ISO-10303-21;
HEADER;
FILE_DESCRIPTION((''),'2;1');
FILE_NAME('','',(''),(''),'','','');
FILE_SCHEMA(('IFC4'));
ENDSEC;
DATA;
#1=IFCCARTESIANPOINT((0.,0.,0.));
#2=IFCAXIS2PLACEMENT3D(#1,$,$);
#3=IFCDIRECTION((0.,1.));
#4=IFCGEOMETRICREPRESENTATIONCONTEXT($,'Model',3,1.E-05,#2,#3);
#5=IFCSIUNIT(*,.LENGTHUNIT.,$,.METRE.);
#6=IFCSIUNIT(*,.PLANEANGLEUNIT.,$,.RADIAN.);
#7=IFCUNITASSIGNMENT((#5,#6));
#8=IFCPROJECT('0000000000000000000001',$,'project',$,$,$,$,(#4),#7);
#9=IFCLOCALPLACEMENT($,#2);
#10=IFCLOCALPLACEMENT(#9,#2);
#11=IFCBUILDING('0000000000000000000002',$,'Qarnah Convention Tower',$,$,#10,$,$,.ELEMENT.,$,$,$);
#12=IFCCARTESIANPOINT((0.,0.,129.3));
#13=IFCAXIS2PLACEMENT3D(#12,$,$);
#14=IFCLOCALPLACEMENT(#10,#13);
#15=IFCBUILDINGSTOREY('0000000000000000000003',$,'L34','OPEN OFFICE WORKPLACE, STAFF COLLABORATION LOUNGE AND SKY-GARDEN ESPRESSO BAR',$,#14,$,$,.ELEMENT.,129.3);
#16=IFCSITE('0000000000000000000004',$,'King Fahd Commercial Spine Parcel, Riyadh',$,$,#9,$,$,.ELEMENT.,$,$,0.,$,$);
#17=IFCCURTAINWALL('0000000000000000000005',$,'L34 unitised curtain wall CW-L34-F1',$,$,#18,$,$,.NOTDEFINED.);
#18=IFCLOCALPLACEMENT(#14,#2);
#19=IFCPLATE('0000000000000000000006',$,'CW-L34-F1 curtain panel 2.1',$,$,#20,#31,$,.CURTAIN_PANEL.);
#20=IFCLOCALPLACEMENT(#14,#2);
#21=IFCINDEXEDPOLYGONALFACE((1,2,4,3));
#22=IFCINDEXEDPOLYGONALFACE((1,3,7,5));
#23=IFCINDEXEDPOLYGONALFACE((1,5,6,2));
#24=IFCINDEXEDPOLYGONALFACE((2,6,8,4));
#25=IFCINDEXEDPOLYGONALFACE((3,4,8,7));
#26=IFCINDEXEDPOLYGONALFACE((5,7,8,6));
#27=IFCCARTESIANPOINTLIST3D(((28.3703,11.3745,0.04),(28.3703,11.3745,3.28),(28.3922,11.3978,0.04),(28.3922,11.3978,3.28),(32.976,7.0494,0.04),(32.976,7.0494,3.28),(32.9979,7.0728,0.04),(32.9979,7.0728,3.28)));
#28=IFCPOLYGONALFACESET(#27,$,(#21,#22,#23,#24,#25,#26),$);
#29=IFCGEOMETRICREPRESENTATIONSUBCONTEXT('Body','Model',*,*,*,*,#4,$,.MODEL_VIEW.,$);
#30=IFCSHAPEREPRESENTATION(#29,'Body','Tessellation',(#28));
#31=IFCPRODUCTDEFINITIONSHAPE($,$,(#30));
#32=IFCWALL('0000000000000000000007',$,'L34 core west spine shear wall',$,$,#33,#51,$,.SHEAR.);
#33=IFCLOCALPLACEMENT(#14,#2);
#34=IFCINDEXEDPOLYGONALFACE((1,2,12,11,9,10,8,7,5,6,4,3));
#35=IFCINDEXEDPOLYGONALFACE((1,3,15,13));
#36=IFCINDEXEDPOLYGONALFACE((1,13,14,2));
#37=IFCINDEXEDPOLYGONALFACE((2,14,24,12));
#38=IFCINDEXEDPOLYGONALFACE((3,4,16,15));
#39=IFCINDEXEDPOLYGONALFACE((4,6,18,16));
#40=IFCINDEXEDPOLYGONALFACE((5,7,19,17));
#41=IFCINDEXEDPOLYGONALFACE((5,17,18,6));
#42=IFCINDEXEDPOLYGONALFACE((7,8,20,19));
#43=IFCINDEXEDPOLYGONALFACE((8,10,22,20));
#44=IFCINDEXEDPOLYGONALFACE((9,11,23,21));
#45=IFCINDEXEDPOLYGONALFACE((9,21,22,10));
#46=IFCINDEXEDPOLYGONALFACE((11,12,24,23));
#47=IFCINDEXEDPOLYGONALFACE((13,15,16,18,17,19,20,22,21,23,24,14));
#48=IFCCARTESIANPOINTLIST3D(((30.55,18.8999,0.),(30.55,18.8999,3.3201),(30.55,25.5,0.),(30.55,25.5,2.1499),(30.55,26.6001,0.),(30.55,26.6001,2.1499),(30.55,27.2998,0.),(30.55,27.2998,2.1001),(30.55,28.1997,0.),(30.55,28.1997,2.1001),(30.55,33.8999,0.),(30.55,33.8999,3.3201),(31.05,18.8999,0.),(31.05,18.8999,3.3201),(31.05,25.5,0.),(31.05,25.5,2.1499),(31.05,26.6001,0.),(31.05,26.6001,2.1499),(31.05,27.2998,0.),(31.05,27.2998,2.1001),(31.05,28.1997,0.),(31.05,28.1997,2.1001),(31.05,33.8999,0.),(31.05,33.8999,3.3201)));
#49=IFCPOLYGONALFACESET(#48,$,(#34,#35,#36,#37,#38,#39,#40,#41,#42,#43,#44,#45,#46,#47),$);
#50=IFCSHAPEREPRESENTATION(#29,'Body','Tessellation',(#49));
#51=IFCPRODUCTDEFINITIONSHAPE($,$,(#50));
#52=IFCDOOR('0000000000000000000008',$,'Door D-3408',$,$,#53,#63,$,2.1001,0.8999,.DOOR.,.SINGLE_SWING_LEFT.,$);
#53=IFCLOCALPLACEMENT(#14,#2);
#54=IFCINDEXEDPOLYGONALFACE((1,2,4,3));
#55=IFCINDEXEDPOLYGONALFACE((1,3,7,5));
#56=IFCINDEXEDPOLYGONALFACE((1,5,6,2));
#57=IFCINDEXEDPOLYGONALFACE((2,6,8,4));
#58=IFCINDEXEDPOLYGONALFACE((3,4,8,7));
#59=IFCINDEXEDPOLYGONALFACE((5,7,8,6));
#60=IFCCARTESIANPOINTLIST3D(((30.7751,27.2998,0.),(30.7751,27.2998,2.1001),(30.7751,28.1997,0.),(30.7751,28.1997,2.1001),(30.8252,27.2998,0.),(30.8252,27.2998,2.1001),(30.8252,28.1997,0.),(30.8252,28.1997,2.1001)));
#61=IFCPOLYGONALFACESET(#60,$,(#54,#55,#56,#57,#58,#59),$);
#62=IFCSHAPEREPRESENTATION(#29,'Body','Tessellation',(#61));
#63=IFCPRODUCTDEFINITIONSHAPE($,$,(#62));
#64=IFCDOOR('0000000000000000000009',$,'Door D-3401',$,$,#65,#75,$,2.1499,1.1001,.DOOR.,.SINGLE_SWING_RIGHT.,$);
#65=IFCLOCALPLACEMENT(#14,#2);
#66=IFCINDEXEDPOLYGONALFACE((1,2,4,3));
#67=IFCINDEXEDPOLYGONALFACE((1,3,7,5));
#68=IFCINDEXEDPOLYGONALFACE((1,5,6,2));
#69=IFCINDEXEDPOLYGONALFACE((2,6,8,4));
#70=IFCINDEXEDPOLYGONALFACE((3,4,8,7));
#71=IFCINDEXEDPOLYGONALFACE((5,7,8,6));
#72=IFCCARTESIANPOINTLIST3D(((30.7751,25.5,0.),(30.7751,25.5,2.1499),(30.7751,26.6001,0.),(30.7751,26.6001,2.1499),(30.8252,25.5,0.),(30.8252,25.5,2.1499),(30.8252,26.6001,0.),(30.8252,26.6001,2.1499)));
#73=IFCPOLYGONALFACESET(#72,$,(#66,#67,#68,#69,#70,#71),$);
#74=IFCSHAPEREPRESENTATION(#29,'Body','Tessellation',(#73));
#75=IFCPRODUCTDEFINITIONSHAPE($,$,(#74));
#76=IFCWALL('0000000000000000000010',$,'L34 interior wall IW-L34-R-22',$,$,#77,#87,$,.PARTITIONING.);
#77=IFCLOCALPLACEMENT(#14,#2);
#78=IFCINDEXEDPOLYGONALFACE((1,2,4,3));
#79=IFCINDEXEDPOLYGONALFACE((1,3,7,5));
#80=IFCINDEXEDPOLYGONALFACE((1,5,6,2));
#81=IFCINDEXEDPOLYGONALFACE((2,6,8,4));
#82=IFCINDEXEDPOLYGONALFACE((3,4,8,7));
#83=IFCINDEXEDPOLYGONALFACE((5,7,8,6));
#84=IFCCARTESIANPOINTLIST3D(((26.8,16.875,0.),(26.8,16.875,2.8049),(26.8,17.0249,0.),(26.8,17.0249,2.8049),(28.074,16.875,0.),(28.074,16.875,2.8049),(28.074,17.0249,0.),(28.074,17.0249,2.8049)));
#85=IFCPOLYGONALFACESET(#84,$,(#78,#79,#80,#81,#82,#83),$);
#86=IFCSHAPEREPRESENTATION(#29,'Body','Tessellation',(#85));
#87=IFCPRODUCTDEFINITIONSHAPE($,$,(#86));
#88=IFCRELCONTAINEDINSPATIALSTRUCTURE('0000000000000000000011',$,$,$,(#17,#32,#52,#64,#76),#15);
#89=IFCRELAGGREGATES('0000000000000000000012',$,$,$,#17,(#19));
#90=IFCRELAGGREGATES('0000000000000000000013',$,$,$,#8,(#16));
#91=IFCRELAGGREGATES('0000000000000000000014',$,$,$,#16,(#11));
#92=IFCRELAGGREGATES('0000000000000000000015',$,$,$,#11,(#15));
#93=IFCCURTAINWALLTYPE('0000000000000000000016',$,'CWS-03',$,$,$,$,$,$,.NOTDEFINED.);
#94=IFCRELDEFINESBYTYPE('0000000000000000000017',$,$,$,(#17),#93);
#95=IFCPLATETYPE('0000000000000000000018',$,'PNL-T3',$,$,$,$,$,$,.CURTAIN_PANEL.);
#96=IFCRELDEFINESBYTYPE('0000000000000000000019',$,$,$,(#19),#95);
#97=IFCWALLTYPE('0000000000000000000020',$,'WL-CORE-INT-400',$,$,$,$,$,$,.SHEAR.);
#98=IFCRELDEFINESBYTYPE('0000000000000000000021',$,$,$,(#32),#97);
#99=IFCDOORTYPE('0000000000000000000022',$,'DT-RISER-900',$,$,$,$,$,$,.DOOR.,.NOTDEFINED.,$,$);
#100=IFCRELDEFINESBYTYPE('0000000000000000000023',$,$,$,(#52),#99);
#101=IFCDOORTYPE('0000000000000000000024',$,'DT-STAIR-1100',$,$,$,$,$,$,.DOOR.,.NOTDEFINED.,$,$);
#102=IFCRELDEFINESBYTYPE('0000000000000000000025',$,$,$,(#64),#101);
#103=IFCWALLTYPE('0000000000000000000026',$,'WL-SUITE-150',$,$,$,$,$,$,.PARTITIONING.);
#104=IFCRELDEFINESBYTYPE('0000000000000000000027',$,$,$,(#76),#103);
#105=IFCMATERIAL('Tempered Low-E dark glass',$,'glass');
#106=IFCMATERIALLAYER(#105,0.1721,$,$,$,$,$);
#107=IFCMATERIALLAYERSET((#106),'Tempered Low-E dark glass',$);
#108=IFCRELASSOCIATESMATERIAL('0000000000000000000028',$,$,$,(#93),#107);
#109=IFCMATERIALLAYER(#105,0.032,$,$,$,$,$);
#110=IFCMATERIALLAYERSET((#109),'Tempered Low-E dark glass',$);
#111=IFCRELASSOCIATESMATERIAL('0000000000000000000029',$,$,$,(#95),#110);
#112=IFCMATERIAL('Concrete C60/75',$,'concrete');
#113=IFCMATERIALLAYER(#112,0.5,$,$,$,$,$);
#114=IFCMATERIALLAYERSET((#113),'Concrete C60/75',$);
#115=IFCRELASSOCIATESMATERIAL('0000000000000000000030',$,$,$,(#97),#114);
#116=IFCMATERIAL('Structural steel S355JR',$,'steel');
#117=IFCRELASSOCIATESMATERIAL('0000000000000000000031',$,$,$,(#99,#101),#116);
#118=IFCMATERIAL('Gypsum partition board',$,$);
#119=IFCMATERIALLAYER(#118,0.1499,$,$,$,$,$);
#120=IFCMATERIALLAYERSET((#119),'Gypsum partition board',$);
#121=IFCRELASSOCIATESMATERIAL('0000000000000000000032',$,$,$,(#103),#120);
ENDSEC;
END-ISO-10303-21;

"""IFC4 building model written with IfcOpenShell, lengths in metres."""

from ifc_helpers import new_model, si_unit, direction, frame, frame_2d, origin, origin_2d, place, context, subcontext, project, spatial, rectangle, extrude, material, layer, layer_set, type_object, element, fill, aggregate, save


model = new_model("IFC4")

# Units and contexts
model_context = context("Model", 3, precision=1e-05, world=origin(), true_north=direction((0.0, 1.0)))
body_context = subcontext(model_context, "Body", "Model", "MODEL_VIEW")
ifc_project = project(units=[si_unit("LENGTHUNIT", "METRE"), si_unit("PLANEANGLEUNIT", "RADIAN")], contexts=[model_context])

# Site, building, storey
site_placement = place(None, origin())
site = spatial("IfcSite", under=ifc_project, at=site_placement, Name="King Fahd Commercial Spine Parcel, Riyadh", CompositionType="ELEMENT", RefElevation=0.0)
building_placement = place(site_placement, origin())
building = spatial("IfcBuilding", under=site, at=building_placement, Name="Qarnah Convention Tower", CompositionType="ELEMENT")
storey_placement = place(building_placement, frame((0.0, 0.0, 129.3)))
storey = spatial("IfcBuildingStorey", under=building, at=storey_placement, Name="L34", Description="OPEN OFFICE WORKPLACE, STAFF COLLABORATION LOUNGE AND SKY-GARDEN ESPRESSO BAR", CompositionType="ELEMENT", Elevation=129.3)

# Shared definitions
ifc_material_1 = material(Name="Concrete C60/75", Category="concrete")

# Shared definitions
ifc_material_2 = material(Name="Structural steel S355JR", Category="steel")

# Curtain wall, plate
ifc_material_3 = material(Name="Tempered Low-E dark glass", Category="glass")
ifc_layer_1 = layer(ifc_material_3, 0.1721)
ifc_layer_set_1 = layer_set([ifc_layer_1], Name="Tempered Low-E dark glass")
curtain_wall_type = type_object("IfcCurtainWallType", Name="CWS-03", PredefinedType="NOTDEFINED", material=ifc_layer_set_1)
curtain_wall_placement = place(storey_placement, origin())
curtain_wall = element("IfcCurtainWall", 1, at=curtain_wall_placement, inside=storey, type_object=curtain_wall_type, Name="L34 unitised curtain wall CW-L34-F1", PredefinedType="NOTDEFINED")
ifc_layer_2 = layer(ifc_material_3, 0.032)
ifc_layer_set_2 = layer_set([ifc_layer_2], Name="Tempered Low-E dark glass")
plate_type = type_object("IfcPlateType", Name="PNL-T3", PredefinedType="CURTAIN_PANEL", material=ifc_layer_set_2)
plate_1_placement = place(storey_placement, frame((30.6841, 9.2236, 0.04), z_axis=(0.0, 0.0, 1.0), x_axis=(-0.728968, 0.684548, 0.0)))
plate_1 = element("IfcPlate", 2, at=plate_1_placement, type_object=plate_type, Name="CW-L34-F1 curtain panel 2.1", PredefinedType="CURTAIN_PANEL", context=body_context, shape_type="SweptSolid", body=[
    extrude(rectangle(XDim=6.3181, YDim=0.032, at=origin_2d()), origin(), (0.0, 0.0, 1.0), 3.24),
])
aggregate(curtain_wall, [plate_1])

# Wall, openings, doors
ifc_layer_3 = layer(ifc_material_1, 0.5)
ifc_layer_set_3 = layer_set([ifc_layer_3], Name="Concrete C60/75")
wall_type_1 = type_object("IfcWallType", Name="WL-CORE-INT-400", PredefinedType="SHEAR", material=ifc_layer_set_3)
wall_1_placement = place(storey_placement, frame((30.8, 18.8999, 0.0), z_axis=(0.0, 0.0, 1.0), x_axis=(0.0, 1.0, 0.0)))
wall_1 = element("IfcWall", 3, at=wall_1_placement, inside=storey, type_object=wall_type_1, Name="L34 core west spine shear wall", PredefinedType="SHEAR", context=body_context, shape_type="SweptSolid", body=[
    extrude(rectangle(XDim=15.0, YDim=0.5, at=frame_2d((7.5, 0.0))), origin(), (0.0, 0.0, 1.0), 3.3201),
])
opening_1_placement = place(wall_1_placement, frame((6.6001, 0.0, 0.0)))
opening_1 = element("IfcOpeningElement", 4, at=opening_1_placement, cuts=wall_1, PredefinedType="OPENING", context=body_context, shape_type="SweptSolid", body=[
    extrude(rectangle(XDim=1.1001, YDim=2.1499, at=frame_2d((0.55, 1.075))), frame((0.0, 0.26, 0.0), z_axis=(0.0, -1.0, 0.0), x_axis=(1.0, 0.0, 0.0)), (0.0, 0.0, 1.0), 0.52),
])
opening_2_placement = place(wall_1_placement, frame((8.3999, 0.0, 0.0)))
opening_2 = element("IfcOpeningElement", 5, at=opening_2_placement, cuts=wall_1, PredefinedType="OPENING", context=body_context, shape_type="SweptSolid", body=[
    extrude(rectangle(XDim=0.8999, YDim=2.1001, at=frame_2d((0.45, 1.05))), frame((0.0, 0.26, 0.0), z_axis=(0.0, -1.0, 0.0), x_axis=(1.0, 0.0, 0.0)), (0.0, 0.0, 1.0), 0.52),
])
door_type_1 = type_object("IfcDoorType", Name="DT-RISER-900", OperationType="NOTDEFINED", PredefinedType="DOOR", material=ifc_material_2)
door_1_placement = place(opening_2_placement, origin())
door_1 = element("IfcDoor", 6, at=door_1_placement, inside=storey, type_object=door_type_1, Name="Door D-3408", OperationType="SINGLE_SWING_LEFT", OverallHeight=2.1001, OverallWidth=0.8999, PredefinedType="DOOR", context=body_context, shape_type="SweptSolid", body=[
    extrude(rectangle(XDim=0.8999, YDim=2.1001, at=frame_2d((0.45, 1.05))), frame((0.0, 0.0249, 0.0), z_axis=(0.0, -1.0, 0.0), x_axis=(1.0, 0.0, 0.0)), (0.0, 0.0, 1.0), 0.05),
])
fill(opening_2, door_1)
door_type_2 = type_object("IfcDoorType", Name="DT-STAIR-1100", OperationType="NOTDEFINED", PredefinedType="DOOR", material=ifc_material_2)
door_2_placement = place(opening_1_placement, origin())
door_2 = element("IfcDoor", 7, at=door_2_placement, inside=storey, type_object=door_type_2, Name="Door D-3401", OperationType="SINGLE_SWING_RIGHT", OverallHeight=2.1499, OverallWidth=1.1001, PredefinedType="DOOR", context=body_context, shape_type="SweptSolid", body=[
    extrude(rectangle(XDim=1.1001, YDim=2.1499, at=frame_2d((0.55, 1.075))), frame((0.0, 0.0249, 0.0), z_axis=(0.0, -1.0, 0.0), x_axis=(1.0, 0.0, 0.0)), (0.0, 0.0, 1.0), 0.05),
])
fill(opening_1, door_2)

# Wall
ifc_material_4 = material(Name="Gypsum partition board")
ifc_layer_4 = layer(ifc_material_4, 0.1499)
ifc_layer_set_4 = layer_set([ifc_layer_4], Name="Gypsum partition board")
wall_type_2 = type_object("IfcWallType", Name="WL-SUITE-150", PredefinedType="PARTITIONING", material=ifc_layer_set_4)
wall_2_placement = place(storey_placement, frame((28.074, 16.95, 0.0), z_axis=(0.0, 0.0, 1.0), x_axis=(-1.0, 0.0, 0.0)))
element("IfcWall", 8, at=wall_2_placement, inside=storey, type_object=wall_type_2, Name="L34 interior wall IW-L34-R-22", PredefinedType="PARTITIONING", context=body_context, shape_type="SweptSolid", body=[
    extrude(rectangle(XDim=1.2739, YDim=0.1499, at=frame_2d((0.637, 0.0))), origin(), (0.0, 0.0, 1.0), 2.8049),
])

save(model, "model.ifc")
